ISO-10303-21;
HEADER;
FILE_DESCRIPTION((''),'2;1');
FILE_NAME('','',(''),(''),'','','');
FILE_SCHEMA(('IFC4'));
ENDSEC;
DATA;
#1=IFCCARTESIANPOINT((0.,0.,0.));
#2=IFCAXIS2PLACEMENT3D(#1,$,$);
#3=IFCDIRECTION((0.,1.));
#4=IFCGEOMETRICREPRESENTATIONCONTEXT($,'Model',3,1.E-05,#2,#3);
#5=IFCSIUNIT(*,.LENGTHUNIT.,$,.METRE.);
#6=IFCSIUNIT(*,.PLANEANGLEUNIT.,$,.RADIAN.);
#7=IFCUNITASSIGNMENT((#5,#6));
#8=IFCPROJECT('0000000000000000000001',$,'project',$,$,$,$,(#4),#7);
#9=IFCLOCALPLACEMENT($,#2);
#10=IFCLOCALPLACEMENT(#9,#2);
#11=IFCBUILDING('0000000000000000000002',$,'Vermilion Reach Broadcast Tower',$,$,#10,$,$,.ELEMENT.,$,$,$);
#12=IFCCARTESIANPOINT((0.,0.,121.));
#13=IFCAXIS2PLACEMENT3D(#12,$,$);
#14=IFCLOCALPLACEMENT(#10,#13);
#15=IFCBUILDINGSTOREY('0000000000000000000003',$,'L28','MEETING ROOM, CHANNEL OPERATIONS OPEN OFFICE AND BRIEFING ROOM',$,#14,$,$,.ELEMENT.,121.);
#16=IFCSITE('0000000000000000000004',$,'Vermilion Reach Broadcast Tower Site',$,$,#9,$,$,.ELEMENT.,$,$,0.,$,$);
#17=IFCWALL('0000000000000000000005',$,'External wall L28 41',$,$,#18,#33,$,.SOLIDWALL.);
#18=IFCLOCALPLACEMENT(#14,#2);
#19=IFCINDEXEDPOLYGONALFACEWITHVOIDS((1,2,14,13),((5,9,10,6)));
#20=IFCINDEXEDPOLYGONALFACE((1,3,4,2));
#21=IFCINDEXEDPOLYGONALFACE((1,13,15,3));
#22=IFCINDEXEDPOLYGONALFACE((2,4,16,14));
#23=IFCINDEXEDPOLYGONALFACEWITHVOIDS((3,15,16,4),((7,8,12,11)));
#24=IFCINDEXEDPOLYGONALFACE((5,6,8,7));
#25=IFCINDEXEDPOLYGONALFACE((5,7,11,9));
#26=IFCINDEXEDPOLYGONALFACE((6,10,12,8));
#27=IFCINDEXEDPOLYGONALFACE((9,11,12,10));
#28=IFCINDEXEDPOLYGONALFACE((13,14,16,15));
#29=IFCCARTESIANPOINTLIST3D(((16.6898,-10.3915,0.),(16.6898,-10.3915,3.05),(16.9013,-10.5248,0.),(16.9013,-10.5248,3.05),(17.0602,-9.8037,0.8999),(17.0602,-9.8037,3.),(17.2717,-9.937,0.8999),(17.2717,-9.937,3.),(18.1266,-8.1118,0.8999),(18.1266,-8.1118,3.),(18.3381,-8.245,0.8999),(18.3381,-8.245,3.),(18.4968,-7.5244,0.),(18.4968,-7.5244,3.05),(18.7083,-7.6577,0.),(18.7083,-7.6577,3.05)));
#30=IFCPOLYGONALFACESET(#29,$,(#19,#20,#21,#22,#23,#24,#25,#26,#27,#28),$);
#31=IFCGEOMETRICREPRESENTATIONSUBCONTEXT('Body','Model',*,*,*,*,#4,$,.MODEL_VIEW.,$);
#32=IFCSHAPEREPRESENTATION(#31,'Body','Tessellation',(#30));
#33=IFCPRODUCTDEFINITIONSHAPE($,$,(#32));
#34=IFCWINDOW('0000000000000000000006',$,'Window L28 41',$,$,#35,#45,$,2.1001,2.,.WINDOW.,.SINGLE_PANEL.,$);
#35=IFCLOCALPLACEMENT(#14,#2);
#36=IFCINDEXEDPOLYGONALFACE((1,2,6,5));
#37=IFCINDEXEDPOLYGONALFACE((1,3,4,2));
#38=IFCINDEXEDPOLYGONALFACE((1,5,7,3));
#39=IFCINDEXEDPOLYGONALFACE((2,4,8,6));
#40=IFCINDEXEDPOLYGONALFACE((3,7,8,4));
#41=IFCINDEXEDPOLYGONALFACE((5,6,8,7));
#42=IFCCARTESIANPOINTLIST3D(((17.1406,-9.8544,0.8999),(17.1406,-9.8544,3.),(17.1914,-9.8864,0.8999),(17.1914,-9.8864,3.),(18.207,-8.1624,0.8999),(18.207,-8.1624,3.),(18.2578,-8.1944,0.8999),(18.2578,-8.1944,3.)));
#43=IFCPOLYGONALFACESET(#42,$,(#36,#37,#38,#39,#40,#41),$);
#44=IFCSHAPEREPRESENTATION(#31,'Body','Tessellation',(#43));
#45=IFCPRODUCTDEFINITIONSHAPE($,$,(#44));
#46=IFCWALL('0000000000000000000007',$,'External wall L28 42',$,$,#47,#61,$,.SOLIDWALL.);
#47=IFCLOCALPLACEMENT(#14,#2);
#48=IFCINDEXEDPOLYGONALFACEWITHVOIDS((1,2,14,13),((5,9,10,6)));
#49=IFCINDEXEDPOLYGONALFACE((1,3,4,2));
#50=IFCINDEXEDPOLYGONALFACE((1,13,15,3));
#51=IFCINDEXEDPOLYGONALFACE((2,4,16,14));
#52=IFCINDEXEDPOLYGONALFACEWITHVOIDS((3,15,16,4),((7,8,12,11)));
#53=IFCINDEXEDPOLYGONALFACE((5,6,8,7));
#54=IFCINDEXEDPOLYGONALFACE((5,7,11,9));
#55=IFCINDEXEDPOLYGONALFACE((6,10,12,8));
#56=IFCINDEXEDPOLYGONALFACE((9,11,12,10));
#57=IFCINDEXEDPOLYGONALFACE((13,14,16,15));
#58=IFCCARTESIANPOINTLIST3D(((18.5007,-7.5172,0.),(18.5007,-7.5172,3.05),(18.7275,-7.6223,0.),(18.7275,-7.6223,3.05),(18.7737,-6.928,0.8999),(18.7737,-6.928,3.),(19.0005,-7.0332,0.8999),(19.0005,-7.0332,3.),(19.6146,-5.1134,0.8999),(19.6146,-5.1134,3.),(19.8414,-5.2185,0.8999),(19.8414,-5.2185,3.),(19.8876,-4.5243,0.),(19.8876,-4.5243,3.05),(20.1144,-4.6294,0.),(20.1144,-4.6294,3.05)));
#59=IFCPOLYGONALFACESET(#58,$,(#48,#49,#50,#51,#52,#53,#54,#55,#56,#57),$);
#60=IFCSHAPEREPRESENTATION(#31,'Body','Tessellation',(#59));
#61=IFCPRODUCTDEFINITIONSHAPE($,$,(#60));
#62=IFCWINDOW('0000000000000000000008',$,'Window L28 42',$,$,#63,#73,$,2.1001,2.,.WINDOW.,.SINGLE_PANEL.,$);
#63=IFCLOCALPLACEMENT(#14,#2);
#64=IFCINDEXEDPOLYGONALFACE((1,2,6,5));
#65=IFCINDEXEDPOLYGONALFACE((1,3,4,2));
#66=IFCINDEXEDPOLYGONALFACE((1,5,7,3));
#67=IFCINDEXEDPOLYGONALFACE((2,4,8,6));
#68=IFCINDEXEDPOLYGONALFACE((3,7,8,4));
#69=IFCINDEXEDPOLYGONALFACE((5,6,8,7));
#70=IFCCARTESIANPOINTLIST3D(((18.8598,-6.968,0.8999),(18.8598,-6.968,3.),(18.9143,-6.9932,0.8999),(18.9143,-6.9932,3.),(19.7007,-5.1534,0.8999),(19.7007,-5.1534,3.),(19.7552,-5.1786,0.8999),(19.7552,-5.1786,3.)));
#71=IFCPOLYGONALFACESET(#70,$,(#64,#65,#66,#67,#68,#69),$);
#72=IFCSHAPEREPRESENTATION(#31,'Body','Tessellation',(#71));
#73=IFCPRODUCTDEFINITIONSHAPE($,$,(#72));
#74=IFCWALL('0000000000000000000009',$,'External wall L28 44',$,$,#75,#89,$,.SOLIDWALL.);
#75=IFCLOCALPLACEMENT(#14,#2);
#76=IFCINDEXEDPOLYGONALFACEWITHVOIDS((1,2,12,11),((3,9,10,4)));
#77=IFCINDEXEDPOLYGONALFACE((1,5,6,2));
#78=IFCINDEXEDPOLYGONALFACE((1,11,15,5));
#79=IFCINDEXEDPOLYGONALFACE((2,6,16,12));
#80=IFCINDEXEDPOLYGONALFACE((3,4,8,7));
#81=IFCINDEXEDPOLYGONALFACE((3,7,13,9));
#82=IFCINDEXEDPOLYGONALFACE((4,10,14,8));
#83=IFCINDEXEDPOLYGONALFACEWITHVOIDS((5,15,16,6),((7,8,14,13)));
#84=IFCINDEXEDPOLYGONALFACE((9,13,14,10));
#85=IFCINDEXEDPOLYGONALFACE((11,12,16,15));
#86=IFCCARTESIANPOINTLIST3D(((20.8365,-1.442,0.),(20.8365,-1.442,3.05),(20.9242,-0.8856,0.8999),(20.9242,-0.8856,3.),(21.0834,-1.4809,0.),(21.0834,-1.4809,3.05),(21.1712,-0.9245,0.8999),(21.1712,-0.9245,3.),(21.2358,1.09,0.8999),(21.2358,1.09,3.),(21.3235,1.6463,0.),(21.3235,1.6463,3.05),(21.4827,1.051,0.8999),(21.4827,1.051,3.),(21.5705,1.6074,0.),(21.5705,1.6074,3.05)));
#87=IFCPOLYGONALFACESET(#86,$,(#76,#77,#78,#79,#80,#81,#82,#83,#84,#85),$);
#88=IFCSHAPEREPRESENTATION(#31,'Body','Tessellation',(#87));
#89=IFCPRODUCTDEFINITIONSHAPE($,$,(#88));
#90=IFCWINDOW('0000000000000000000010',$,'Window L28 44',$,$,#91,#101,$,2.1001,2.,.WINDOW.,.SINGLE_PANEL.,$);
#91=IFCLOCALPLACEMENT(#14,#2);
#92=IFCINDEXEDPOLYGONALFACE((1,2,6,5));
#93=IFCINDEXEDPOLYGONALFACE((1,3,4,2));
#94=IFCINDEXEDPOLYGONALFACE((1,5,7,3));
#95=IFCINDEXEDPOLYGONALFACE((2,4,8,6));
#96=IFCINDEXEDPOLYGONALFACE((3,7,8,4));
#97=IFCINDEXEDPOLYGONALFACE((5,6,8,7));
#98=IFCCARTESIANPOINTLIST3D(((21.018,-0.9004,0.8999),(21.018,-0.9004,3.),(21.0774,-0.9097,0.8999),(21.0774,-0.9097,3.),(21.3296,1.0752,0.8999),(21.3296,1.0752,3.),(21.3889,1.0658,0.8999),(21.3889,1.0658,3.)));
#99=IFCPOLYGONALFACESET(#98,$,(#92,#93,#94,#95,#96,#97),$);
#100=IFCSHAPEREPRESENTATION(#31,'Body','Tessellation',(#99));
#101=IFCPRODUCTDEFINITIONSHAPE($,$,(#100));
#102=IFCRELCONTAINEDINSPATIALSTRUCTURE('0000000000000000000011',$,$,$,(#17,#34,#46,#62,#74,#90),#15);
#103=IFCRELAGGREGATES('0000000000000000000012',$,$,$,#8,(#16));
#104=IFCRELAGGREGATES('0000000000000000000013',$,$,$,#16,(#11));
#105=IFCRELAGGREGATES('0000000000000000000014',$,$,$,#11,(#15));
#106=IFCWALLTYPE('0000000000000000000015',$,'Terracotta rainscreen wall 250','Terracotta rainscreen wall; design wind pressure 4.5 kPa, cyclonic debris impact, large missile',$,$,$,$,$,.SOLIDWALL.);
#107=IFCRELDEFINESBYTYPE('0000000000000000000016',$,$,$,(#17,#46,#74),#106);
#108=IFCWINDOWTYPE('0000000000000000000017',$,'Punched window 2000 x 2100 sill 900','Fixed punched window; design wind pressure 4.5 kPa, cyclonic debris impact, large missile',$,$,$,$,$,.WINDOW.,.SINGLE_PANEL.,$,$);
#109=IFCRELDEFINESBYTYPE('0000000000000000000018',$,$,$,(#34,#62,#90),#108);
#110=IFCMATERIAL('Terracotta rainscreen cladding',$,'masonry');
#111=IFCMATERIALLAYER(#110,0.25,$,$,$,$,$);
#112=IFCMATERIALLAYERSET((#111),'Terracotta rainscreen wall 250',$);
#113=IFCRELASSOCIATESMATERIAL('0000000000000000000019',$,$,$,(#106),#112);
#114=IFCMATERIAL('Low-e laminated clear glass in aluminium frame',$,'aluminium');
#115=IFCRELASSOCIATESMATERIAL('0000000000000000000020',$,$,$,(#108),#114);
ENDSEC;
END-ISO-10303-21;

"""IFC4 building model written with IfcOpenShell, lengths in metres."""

from ifc_helpers import new_model, si_unit, direction, frame, frame_2d, origin, place, context, subcontext, project, spatial, rectangle, extrude, material, layer, layer_set, type_object, element, fill, save


model = new_model("IFC4")

# Units and contexts
model_context = context("Model", 3, precision=1e-05, world=origin(), true_north=direction((0.0, 1.0)))
body_context = subcontext(model_context, "Body", "Model", "MODEL_VIEW")
ifc_project = project(units=[si_unit("LENGTHUNIT", "METRE"), si_unit("PLANEANGLEUNIT", "RADIAN")], contexts=[model_context])

# Site, building, storey
site_placement = place(None, origin())
site = spatial("IfcSite", under=ifc_project, at=site_placement, Name="Vermilion Reach Broadcast Tower Site", CompositionType="ELEMENT", RefElevation=0.0)
building_placement = place(site_placement, origin())
building = spatial("IfcBuilding", under=site, at=building_placement, Name="Vermilion Reach Broadcast Tower", CompositionType="ELEMENT")
storey_placement = place(building_placement, frame((0.0, 0.0, 121.0)))
storey = spatial("IfcBuildingStorey", under=building, at=storey_placement, Name="L28", Description="MEETING ROOM, CHANNEL OPERATIONS OPEN OFFICE AND BRIEFING ROOM", CompositionType="ELEMENT", Elevation=121.0)

# Walls, openings, windows
ifc_material_1 = material(Name="Terracotta rainscreen cladding", Category="masonry")
ifc_layer_1 = layer(ifc_material_1, 0.25)
ifc_layer_set_1 = layer_set([ifc_layer_1], Name="Terracotta rainscreen wall 250")
wall_type_1 = type_object("IfcWallType", Name="Terracotta rainscreen wall 250", Description="Terracotta rainscreen wall; design wind pressure 4.5 kPa, cyclonic debris impact, large missile", PredefinedType="SOLIDWALL", material=ifc_layer_set_1)
wall_1_placement = place(storey_placement, frame((16.7957, -10.458, 0.0), z_axis=(0.0, 0.0, 1.0), x_axis=(0.533188, 0.845997, 0.0)))
wall_1 = element("IfcWall", 1, at=wall_1_placement, inside=storey, type_object=wall_type_1, Name="External wall L28 41", PredefinedType="SOLIDWALL", context=body_context, shape_type="SweptSolid", body=[
    extrude(rectangle(XDim=3.3889, YDim=0.25, at=frame_2d((1.6943, 0.0))), origin(), (0.0, 0.0, 1.0), 3.05),
])
opening_1_placement = place(wall_1_placement, frame((0.6946, 0.0, 0.8999)))
opening_1 = element("IfcOpeningElement", 2, at=opening_1_placement, cuts=wall_1, PredefinedType="OPENING", context=body_context, shape_type="SweptSolid", body=[
    extrude(rectangle(XDim=2.0, YDim=2.1001, at=frame_2d((1.0, 1.05))), frame((0.0, 0.135, 0.0), z_axis=(0.0, -1.0, 0.0), x_axis=(1.0, 0.0, 0.0)), (0.0, 0.0, 1.0), 0.27),
])
ifc_material_2 = material(Name="Low-e laminated clear glass in aluminium frame", Category="aluminium")
window_type = type_object("IfcWindowType", Name="Punched window 2000 x 2100 sill 900", Description="Fixed punched window; design wind pressure 4.5 kPa, cyclonic debris impact, large missile", PartitioningType="SINGLE_PANEL", PredefinedType="WINDOW", material=ifc_material_2)
window_1_placement = place(opening_1_placement, origin())
window_1 = element("IfcWindow", 3, at=window_1_placement, inside=storey, type_object=window_type, Name="Window L28 41", OverallHeight=2.1001, OverallWidth=2.0, PartitioningType="SINGLE_PANEL", PredefinedType="WINDOW", context=body_context, shape_type="SweptSolid", body=[
    extrude(rectangle(XDim=2.0, YDim=2.1001, at=frame_2d((1.0, 1.05))), frame((0.0, 0.03, 0.0), z_axis=(0.0, -1.0, 0.0), x_axis=(1.0, 0.0, 0.0)), (0.0, 0.0, 1.0), 0.0601),
])
fill(opening_1, window_1)
wall_2_placement = place(storey_placement, frame((18.614, -7.5698, 0.0), z_axis=(0.0, 0.0, 1.0), x_axis=(0.420461, 0.907311, 0.0)))
wall_2 = element("IfcWall", 4, at=wall_2_placement, inside=storey, type_object=wall_type_1, Name="External wall L28 42", PredefinedType="SOLIDWALL", context=body_context, shape_type="SweptSolid", body=[
    extrude(rectangle(XDim=3.2986, YDim=0.25, at=frame_2d((1.6494, 0.0))), origin(), (0.0, 0.0, 1.0), 3.05),
])
opening_2_placement = place(wall_2_placement, frame((0.6494, 0.0, 0.8999)))
opening_2 = element("IfcOpeningElement", 5, at=opening_2_placement, cuts=wall_2, PredefinedType="OPENING", context=body_context, shape_type="SweptSolid", body=[
    extrude(rectangle(XDim=2.0, YDim=2.1001, at=frame_2d((1.0, 1.05))), frame((0.0, 0.135, 0.0), z_axis=(0.0, -1.0, 0.0), x_axis=(1.0, 0.0, 0.0)), (0.0, 0.0, 1.0), 0.27),
])
window_2_placement = place(opening_2_placement, origin())
window_2 = element("IfcWindow", 6, at=window_2_placement, inside=storey, type_object=window_type, Name="Window L28 42", OverallHeight=2.1001, OverallWidth=2.0, PartitioningType="SINGLE_PANEL", PredefinedType="WINDOW", context=body_context, shape_type="SweptSolid", body=[
    extrude(rectangle(XDim=2.0, YDim=2.1001, at=frame_2d((1.0, 1.05))), frame((0.0, 0.03, 0.0), z_axis=(0.0, -1.0, 0.0), x_axis=(1.0, 0.0, 0.0)), (0.0, 0.0, 1.0), 0.0601),
])
fill(opening_2, window_2)

# Wall, opening, window
wall_3_placement = place(storey_placement, frame((20.96, -1.4614, 0.0), z_axis=(0.0, 0.0, 1.0), x_axis=(0.155782, 0.987791, 0.0)))
wall_3 = element("IfcWall", 7, at=wall_3_placement, inside=storey, type_object=wall_type_1, Name="External wall L28 44", PredefinedType="SOLIDWALL", context=body_context, shape_type="SweptSolid", body=[
    extrude(rectangle(XDim=3.1265, YDim=0.25, at=frame_2d((1.5632, 0.0))), origin(), (0.0, 0.0, 1.0), 3.05),
])
opening_3_placement = place(wall_3_placement, frame((0.5632, 0.0, 0.8999)))
opening_3 = element("IfcOpeningElement", 8, at=opening_3_placement, cuts=wall_3, PredefinedType="OPENING", context=body_context, shape_type="SweptSolid", body=[
    extrude(rectangle(XDim=2.0, YDim=2.1001, at=frame_2d((1.0, 1.05))), frame((0.0, 0.135, 0.0), z_axis=(0.0, -1.0, 0.0), x_axis=(1.0, 0.0, 0.0)), (0.0, 0.0, 1.0), 0.27),
])
window_3_placement = place(opening_3_placement, origin())
window_3 = element("IfcWindow", 9, at=window_3_placement, inside=storey, type_object=window_type, Name="Window L28 44", OverallHeight=2.1001, OverallWidth=2.0, PartitioningType="SINGLE_PANEL", PredefinedType="WINDOW", context=body_context, shape_type="SweptSolid", body=[
    extrude(rectangle(XDim=2.0, YDim=2.1001, at=frame_2d((1.0, 1.05))), frame((0.0, 0.03, 0.0), z_axis=(0.0, -1.0, 0.0), x_axis=(1.0, 0.0, 0.0)), (0.0, 0.0, 1.0), 0.0601),
])
fill(opening_3, window_3)

save(model, "model.ifc")
